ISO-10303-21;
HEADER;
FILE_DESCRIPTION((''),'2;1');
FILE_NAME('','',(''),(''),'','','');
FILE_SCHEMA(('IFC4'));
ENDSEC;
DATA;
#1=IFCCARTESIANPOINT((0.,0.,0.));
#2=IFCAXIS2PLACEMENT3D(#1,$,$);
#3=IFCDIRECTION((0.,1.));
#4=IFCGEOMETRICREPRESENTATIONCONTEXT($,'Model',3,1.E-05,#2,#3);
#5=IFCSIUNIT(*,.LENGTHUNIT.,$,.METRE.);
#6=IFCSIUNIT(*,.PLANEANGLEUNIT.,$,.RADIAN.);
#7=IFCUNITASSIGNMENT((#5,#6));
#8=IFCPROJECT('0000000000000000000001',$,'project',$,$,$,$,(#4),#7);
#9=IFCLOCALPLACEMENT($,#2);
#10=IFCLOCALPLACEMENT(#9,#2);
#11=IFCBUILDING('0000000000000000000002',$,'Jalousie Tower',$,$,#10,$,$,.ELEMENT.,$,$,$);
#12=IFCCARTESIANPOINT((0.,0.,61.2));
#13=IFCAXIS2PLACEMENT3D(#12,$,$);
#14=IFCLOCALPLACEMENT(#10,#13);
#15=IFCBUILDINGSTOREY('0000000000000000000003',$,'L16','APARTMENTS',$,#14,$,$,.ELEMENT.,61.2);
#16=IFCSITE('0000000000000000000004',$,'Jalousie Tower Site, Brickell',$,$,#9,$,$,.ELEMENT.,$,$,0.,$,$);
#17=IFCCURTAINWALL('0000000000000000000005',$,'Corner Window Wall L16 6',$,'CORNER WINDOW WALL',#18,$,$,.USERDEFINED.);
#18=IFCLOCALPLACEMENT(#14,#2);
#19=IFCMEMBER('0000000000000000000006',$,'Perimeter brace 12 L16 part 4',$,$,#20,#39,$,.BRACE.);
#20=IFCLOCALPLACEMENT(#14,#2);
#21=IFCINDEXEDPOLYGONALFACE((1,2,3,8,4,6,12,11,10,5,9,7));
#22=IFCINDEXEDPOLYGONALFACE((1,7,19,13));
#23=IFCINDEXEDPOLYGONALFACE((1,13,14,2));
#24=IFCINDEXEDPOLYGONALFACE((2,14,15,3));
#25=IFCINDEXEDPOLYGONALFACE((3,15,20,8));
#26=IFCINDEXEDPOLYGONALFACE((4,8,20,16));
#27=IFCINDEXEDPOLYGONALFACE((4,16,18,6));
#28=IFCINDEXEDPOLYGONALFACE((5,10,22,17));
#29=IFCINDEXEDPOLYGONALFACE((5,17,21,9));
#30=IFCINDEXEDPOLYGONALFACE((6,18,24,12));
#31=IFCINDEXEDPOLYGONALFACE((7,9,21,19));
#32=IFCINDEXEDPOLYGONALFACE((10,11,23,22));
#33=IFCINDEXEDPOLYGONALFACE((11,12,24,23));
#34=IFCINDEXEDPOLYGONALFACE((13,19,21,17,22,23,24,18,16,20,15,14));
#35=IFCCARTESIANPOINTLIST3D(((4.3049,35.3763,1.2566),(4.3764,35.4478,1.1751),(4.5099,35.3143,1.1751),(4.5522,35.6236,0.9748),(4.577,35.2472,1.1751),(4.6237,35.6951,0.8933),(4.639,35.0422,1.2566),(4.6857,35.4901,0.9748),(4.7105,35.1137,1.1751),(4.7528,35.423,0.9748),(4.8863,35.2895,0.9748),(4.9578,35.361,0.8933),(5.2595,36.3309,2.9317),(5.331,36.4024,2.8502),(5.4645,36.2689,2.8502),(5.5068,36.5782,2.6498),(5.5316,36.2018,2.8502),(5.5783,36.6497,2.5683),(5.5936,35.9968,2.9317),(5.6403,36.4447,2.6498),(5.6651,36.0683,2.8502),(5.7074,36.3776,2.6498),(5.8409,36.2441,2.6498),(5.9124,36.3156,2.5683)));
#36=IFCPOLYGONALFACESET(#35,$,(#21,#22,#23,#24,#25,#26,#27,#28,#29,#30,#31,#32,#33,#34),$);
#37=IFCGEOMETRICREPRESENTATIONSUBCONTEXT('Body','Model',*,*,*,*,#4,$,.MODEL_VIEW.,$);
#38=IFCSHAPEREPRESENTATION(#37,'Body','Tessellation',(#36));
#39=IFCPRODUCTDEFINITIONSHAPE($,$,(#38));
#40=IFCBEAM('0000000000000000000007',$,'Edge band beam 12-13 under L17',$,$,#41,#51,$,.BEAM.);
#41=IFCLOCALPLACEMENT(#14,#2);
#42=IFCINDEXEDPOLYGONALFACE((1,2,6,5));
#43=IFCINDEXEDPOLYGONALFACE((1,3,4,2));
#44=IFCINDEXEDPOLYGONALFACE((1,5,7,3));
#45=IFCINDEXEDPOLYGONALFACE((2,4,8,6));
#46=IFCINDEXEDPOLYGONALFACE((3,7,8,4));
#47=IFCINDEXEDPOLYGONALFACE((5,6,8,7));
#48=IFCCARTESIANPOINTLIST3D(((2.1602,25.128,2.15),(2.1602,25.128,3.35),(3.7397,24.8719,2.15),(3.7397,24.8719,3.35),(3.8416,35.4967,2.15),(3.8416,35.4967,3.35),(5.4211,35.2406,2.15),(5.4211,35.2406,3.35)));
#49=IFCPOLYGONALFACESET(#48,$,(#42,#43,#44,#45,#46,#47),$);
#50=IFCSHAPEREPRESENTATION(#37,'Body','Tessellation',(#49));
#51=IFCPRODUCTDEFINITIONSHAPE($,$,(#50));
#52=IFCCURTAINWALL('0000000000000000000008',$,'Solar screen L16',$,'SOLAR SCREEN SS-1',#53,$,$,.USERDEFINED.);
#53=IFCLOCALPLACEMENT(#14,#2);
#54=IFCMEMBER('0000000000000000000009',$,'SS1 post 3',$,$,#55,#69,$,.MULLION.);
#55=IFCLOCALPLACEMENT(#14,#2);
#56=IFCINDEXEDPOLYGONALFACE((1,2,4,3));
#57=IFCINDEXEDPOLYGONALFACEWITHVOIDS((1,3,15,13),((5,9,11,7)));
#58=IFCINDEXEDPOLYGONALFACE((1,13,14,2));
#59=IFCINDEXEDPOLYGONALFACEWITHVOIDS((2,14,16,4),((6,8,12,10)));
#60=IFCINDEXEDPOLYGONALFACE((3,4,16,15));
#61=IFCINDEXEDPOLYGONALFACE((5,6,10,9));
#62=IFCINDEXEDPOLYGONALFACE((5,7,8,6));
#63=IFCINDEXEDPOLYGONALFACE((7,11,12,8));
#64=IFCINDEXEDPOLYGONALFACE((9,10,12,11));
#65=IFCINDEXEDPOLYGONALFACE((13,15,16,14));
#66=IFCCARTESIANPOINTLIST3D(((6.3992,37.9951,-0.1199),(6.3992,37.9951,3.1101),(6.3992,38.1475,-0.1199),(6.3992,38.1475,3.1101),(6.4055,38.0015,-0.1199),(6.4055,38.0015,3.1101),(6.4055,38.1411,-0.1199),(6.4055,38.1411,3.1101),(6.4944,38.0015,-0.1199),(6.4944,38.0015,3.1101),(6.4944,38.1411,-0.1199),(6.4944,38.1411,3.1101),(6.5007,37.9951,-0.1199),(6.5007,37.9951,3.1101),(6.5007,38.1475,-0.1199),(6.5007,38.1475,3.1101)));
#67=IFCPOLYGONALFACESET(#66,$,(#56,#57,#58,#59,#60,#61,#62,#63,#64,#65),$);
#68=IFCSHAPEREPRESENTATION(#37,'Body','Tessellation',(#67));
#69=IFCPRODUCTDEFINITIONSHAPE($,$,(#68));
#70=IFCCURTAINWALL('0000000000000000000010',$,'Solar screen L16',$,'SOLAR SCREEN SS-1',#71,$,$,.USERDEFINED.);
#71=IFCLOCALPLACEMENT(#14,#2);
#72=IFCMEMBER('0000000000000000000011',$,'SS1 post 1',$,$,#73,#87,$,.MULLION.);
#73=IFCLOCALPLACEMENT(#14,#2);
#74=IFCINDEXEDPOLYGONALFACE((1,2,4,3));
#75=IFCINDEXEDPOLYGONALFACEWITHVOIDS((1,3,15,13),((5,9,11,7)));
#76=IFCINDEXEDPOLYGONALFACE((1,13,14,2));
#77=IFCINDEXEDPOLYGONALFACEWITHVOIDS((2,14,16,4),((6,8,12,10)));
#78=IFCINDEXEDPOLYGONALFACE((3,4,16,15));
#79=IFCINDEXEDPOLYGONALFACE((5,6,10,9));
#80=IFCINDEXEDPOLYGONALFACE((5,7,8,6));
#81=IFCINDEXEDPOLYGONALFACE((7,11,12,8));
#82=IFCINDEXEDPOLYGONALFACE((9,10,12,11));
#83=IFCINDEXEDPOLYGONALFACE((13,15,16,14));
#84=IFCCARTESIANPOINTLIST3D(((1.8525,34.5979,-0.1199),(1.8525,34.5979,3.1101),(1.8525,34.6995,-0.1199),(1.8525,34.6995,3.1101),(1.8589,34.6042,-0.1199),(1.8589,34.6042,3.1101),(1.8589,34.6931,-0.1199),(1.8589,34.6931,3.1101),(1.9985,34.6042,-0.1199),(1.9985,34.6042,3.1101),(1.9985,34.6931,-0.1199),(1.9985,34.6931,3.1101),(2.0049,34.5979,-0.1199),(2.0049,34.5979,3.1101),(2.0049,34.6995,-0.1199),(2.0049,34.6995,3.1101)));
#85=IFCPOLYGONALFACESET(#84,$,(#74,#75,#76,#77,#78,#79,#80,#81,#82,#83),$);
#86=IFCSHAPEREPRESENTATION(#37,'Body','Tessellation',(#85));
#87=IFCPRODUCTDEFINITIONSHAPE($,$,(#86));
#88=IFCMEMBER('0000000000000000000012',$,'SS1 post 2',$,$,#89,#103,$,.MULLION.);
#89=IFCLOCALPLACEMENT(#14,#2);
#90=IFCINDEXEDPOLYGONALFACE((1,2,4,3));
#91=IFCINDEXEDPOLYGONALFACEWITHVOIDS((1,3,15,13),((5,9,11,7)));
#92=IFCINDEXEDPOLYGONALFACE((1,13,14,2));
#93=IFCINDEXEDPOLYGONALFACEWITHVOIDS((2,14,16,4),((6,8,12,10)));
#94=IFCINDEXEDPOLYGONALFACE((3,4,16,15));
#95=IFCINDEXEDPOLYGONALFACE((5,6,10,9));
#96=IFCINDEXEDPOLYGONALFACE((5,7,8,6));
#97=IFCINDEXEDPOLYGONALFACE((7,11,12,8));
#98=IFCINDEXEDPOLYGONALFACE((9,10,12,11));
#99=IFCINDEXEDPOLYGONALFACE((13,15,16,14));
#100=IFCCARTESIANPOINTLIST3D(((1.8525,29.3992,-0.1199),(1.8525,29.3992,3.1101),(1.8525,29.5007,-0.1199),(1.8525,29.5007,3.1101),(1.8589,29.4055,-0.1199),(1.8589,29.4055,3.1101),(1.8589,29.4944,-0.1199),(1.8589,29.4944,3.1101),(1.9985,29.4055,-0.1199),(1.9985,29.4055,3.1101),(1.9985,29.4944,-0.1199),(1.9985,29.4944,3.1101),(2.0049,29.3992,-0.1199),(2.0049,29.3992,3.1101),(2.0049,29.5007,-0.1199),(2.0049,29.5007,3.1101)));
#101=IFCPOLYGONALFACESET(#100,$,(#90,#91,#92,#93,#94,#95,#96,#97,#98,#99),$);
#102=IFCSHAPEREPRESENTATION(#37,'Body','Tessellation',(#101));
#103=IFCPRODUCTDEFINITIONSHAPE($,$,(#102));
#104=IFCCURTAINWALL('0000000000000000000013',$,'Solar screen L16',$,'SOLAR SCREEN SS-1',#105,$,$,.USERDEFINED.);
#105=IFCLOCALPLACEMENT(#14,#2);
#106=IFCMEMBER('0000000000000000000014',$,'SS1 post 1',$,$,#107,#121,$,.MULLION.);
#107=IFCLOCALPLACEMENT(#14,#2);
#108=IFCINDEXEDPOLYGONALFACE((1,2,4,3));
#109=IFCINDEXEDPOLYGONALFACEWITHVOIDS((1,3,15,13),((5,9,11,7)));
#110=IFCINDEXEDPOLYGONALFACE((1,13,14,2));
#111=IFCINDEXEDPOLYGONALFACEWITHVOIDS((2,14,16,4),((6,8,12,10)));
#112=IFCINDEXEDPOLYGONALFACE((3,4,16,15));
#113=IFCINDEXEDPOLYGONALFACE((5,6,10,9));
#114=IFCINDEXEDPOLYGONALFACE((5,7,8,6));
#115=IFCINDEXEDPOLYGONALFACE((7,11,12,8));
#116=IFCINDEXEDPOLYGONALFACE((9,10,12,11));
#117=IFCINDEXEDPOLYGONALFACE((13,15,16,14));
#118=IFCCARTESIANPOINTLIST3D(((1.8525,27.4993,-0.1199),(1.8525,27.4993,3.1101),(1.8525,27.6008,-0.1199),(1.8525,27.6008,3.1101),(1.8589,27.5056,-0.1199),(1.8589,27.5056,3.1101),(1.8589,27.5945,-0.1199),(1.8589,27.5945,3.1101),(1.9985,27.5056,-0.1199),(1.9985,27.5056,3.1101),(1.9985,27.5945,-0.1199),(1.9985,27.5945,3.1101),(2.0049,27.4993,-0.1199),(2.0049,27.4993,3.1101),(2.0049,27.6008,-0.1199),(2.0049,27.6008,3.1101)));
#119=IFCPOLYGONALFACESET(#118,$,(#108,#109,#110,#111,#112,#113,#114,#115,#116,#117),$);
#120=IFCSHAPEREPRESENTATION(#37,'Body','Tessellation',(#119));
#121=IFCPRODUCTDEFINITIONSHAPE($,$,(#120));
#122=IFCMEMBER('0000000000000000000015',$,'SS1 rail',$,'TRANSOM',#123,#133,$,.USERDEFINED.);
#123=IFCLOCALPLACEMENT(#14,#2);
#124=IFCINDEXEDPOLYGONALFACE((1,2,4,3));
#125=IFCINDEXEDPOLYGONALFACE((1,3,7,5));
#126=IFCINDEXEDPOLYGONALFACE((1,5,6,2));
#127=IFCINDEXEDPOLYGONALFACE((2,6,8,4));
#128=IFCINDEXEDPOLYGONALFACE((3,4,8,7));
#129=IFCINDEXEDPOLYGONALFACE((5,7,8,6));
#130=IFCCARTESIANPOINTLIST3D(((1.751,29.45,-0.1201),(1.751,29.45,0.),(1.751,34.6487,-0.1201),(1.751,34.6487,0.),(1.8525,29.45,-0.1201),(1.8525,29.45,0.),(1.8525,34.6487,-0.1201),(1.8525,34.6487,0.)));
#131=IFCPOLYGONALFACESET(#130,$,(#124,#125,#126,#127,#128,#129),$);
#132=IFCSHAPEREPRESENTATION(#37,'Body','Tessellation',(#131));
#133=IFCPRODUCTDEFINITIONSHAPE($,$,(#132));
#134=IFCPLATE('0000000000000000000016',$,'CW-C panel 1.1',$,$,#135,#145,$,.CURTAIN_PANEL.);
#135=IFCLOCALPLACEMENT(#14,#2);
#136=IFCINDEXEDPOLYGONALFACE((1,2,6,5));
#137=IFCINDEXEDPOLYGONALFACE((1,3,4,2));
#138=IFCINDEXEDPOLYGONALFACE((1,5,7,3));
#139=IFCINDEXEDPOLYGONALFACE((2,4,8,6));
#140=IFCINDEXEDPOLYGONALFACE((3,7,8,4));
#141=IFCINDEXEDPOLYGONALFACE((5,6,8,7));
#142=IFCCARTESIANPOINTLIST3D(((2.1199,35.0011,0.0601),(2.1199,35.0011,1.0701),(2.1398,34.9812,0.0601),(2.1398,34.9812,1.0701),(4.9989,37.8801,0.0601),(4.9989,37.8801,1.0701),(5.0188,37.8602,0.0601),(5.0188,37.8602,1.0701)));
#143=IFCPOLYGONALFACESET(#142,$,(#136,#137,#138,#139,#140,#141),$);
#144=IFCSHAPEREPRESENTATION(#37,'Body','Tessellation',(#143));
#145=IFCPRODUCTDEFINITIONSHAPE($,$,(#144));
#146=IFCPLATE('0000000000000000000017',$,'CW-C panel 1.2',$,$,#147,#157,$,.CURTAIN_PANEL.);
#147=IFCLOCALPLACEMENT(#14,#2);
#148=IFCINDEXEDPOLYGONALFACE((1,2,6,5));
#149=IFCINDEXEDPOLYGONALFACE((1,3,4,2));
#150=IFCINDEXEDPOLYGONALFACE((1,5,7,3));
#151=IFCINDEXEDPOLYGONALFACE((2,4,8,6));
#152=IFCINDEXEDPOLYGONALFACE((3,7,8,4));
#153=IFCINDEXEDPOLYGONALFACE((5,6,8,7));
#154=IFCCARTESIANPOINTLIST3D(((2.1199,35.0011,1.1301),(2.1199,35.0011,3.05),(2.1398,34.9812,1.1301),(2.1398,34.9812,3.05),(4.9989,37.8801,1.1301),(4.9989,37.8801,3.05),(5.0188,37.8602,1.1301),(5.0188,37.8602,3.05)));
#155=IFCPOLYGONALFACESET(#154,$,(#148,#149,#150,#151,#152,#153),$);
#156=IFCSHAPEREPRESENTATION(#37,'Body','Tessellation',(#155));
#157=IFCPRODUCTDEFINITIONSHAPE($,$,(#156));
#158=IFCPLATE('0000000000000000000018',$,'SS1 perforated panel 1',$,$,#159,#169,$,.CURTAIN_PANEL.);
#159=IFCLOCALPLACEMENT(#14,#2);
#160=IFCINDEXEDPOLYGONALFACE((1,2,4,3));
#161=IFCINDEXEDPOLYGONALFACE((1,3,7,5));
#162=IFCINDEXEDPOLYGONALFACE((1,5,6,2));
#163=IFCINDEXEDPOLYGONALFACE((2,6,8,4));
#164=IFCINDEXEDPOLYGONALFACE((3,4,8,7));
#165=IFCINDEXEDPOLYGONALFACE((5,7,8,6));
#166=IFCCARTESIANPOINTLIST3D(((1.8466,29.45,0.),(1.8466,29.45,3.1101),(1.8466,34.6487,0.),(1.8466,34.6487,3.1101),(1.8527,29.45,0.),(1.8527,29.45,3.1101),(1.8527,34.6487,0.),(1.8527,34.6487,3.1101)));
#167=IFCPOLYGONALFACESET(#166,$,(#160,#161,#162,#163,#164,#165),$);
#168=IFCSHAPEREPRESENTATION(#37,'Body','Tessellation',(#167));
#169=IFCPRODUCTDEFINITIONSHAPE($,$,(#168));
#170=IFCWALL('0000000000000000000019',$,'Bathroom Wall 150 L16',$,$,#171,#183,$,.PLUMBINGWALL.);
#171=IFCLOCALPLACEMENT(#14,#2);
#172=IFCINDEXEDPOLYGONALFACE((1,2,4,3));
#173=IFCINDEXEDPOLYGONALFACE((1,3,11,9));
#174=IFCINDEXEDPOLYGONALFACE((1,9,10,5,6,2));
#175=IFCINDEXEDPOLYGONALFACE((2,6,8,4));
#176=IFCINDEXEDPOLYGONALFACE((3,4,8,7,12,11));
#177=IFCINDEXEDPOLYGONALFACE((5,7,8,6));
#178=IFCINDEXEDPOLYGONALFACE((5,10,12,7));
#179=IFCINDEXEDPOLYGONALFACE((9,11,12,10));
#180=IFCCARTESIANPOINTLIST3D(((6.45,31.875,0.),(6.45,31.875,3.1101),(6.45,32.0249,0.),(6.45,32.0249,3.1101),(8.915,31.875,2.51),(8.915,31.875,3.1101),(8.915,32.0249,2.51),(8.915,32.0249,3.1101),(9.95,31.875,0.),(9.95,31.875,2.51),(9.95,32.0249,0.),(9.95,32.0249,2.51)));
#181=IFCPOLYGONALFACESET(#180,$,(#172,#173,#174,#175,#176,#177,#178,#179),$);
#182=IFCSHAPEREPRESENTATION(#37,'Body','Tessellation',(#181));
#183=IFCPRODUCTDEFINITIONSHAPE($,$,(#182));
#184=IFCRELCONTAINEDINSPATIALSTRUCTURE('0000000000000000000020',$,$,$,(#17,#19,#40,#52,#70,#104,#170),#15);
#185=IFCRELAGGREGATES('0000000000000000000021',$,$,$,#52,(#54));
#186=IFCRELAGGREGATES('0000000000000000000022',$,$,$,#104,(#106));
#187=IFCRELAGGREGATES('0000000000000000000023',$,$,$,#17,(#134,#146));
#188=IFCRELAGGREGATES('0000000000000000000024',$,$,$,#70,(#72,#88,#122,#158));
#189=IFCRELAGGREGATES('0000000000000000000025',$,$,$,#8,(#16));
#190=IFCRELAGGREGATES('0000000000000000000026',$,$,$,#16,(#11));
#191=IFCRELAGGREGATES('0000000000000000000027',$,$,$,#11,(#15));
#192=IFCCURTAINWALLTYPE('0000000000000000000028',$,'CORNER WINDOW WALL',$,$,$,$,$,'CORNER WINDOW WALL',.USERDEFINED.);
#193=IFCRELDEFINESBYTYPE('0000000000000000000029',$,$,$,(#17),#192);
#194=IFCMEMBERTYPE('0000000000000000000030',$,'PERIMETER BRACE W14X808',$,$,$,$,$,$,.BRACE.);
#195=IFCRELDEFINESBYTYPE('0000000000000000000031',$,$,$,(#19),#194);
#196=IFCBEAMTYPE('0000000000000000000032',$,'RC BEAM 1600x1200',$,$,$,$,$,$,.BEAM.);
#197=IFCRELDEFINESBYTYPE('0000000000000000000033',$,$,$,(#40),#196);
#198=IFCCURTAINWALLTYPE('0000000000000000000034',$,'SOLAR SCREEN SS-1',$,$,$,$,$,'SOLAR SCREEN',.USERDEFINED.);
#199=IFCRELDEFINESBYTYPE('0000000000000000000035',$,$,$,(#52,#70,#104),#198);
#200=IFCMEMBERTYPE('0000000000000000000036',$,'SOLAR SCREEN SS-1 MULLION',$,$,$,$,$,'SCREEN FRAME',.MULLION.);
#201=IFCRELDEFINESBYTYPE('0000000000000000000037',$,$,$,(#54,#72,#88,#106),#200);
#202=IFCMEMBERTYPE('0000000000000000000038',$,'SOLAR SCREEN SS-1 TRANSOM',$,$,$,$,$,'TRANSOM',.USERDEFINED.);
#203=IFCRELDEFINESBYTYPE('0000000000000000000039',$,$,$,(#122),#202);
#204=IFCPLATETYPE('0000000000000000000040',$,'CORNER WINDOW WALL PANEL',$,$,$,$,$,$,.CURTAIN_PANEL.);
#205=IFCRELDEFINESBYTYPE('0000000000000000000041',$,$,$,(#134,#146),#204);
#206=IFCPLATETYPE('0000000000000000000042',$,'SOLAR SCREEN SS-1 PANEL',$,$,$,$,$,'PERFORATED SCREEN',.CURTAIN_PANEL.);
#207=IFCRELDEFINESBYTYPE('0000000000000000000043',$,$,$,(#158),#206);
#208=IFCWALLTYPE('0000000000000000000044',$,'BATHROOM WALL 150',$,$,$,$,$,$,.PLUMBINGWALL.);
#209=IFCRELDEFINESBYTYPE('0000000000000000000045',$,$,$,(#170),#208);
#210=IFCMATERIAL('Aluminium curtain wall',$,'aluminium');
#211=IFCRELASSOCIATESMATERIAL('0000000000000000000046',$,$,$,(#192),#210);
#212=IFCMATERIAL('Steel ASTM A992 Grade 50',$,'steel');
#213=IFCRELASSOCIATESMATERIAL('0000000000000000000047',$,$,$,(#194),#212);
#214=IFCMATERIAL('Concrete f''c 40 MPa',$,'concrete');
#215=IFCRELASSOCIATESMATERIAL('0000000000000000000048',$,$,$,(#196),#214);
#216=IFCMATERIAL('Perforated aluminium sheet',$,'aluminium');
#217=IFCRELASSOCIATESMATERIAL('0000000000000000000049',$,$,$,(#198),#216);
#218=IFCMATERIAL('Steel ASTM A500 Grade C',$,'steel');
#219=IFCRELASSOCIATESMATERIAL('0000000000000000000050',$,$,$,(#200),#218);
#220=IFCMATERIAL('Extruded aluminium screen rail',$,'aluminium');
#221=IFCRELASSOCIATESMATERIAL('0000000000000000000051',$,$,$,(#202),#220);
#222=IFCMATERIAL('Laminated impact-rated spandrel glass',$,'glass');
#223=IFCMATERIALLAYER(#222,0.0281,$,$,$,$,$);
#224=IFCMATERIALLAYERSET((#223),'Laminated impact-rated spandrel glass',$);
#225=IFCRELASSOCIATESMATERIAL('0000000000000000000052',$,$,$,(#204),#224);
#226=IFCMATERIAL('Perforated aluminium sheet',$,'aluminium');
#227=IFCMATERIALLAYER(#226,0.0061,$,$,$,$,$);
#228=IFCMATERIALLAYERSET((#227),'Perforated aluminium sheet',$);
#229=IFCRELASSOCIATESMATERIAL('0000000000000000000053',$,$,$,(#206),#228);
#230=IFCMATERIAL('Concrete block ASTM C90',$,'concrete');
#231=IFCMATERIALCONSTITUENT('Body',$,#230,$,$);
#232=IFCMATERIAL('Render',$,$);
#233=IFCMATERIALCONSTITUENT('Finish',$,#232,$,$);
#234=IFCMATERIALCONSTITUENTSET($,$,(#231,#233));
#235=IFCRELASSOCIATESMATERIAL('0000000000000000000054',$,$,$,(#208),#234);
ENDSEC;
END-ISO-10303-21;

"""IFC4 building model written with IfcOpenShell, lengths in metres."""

from ifc_helpers import new_model, si_unit, direction, frame, origin, origin_2d, place, context, subcontext, project, spatial, polyline, rectangle, hollow_rectangle, i_section, outline, extrude, material, layer, layer_set, constituent, constituent_set, material_profile, profile_set, type_object, element, aggregate, save


model = new_model("IFC4")

# Units and contexts
model_context = context("Model", 3, precision=1e-05, world=origin(), true_north=direction((0.0, 1.0)))
body_context = subcontext(model_context, "Body", "Model", "MODEL_VIEW")
ifc_project = project(units=[si_unit("LENGTHUNIT", "METRE"), si_unit("PLANEANGLEUNIT", "RADIAN")], contexts=[model_context])

# Site, building, storey
site_placement = place(None, origin())
site = spatial("IfcSite", under=ifc_project, at=site_placement, Name="Jalousie Tower Site, Brickell", CompositionType="ELEMENT", RefElevation=0.0)
building_placement = place(site_placement, origin())
building = spatial("IfcBuilding", under=site, at=building_placement, Name="Jalousie Tower", CompositionType="ELEMENT")
storey_placement = place(building_placement, frame((0.0, 0.0, 61.2)))
storey = spatial("IfcBuildingStorey", under=building, at=storey_placement, Name="L16", Description="APARTMENTS", CompositionType="ELEMENT", Elevation=61.2)

# Curtain wall
ifc_material_1 = material(Name="Aluminium curtain wall", Category="aluminium")
curtain_wall_type_1 = type_object("IfcCurtainWallType", Name="CORNER WINDOW WALL", ElementType="CORNER WINDOW WALL", PredefinedType="USERDEFINED", material=ifc_material_1)
curtain_wall_1_placement = place(storey_placement, origin())
curtain_wall_1 = element("IfcCurtainWall", 1, at=curtain_wall_1_placement, inside=storey, type_object=curtain_wall_type_1, Name="Corner Window Wall L16 6", ObjectType="CORNER WINDOW WALL", PredefinedType="USERDEFINED")

# Member
ifc_material_2 = material(Name="Steel ASTM A992 Grade 50", Category="steel")
ifc_material_profile_1 = material_profile(ifc_material_2, i_section(OverallWidth=0.4724, OverallDepth=0.5791, WebThickness=0.095, FlangeThickness=0.1299, at=origin_2d()), Name="W14X808")
ifc_profile_set_1 = profile_set([ifc_material_profile_1], Name="Steel ASTM A992 Grade 50")
member_type_1 = type_object("IfcMemberType", Name="PERIMETER BRACE W14X808", PredefinedType="BRACE", material=ifc_profile_set_1)
member_1_placement = place(storey_placement, frame((4.6313, 35.3687, 1.075), z_axis=(0.443718, 0.443718, 0.778607), x_axis=(-0.707107, 0.707107, 0.0)))
element("IfcMember", 2, at=member_1_placement, inside=storey, type_object=member_type_1, Name="Perimeter brace 12 L16 part 4", PredefinedType="BRACE", context=body_context, shape_type="SweptSolid", body=[
    extrude(i_section(OverallWidth=0.4724, OverallDepth=0.5791, WebThickness=0.095, FlangeThickness=0.1299, at=origin_2d()), origin(), (0.0, 0.0, 1.0), 2.1514),
])

# Beam
ifc_material_3 = material(Name="Concrete f'c 40 MPa", Category="concrete")
ifc_material_profile_2 = material_profile(ifc_material_3, rectangle(XDim=1.6001, YDim=1.2, at=origin_2d()), Name="RC 1600x1200")
ifc_profile_set_2 = profile_set([ifc_material_profile_2], Name="Concrete f'c 40 MPa")
beam_type_1 = type_object("IfcBeamType", Name="RC BEAM 1600x1200", PredefinedType="BEAM", material=ifc_profile_set_2)
beam_1_placement = place(storey_placement, frame((4.6313, 35.3687, 2.75), z_axis=(-0.160071, -0.987106, 0.0), x_axis=(0.987106, -0.160071, 0.0)))
element("IfcBeam", 3, at=beam_1_placement, inside=storey, type_object=beam_type_1, Name="Edge band beam 12-13 under L17", PredefinedType="BEAM", context=body_context, shape_type="SweptSolid", body=[
    extrude(rectangle(XDim=1.6001, YDim=1.2, at=origin_2d()), origin(), (0.0, 0.0, 1.0), 10.5042),
])

# Curtain wall, member
ifc_material_4 = material(Name="Perforated aluminium sheet", Category="aluminium")
curtain_wall_type_2 = type_object("IfcCurtainWallType", Name="SOLAR SCREEN SS-1", ElementType="SOLAR SCREEN", PredefinedType="USERDEFINED", material=ifc_material_4)
curtain_wall_2_placement = place(storey_placement, origin())
curtain_wall_2 = element("IfcCurtainWall", 4, at=curtain_wall_2_placement, inside=storey, type_object=curtain_wall_type_2, Name="Solar screen L16", ObjectType="SOLAR SCREEN SS-1", PredefinedType="USERDEFINED")
ifc_material_5 = material(Name="Steel ASTM A500 Grade C", Category="steel")
ifc_material_profile_3 = material_profile(ifc_material_5, hollow_rectangle(XDim=0.1016, YDim=0.1523, WallThickness=0.0063, at=origin_2d()), Name="HSS6X4X1/4")
ifc_profile_set_3 = profile_set([ifc_material_profile_3], Name="Steel ASTM A500 Grade C")
member_type_2 = type_object("IfcMemberType", Name="SOLAR SCREEN SS-1 MULLION", ElementType="SCREEN FRAME", PredefinedType="MULLION", material=ifc_profile_set_3)
member_2_placement = place(storey_placement, frame((6.45, 38.0713, -0.1199), z_axis=(0.0, 0.0, 1.0), x_axis=(-1.0, 0.0, 0.0)))
member_2 = element("IfcMember", 5, at=member_2_placement, type_object=member_type_2, Name="SS1 post 3", PredefinedType="MULLION", context=body_context, shape_type="SweptSolid", body=[
    extrude(hollow_rectangle(XDim=0.1016, YDim=0.1523, WallThickness=0.0063, at=origin_2d()), origin(), (0.0, 0.0, 1.0), 3.23),
])
aggregate(curtain_wall_2, [member_2])

# Curtain wall, members
curtain_wall_3_placement = place(storey_placement, origin())
curtain_wall_3 = element("IfcCurtainWall", 6, at=curtain_wall_3_placement, inside=storey, type_object=curtain_wall_type_2, Name="Solar screen L16", ObjectType="SOLAR SCREEN SS-1", PredefinedType="USERDEFINED")
member_3_placement = place(storey_placement, frame((1.9287, 34.6487, -0.1199), z_axis=(0.0, 0.0, 1.0), x_axis=(0.0, -1.0, 0.0)))
member_3 = element("IfcMember", 7, at=member_3_placement, type_object=member_type_2, Name="SS1 post 1", PredefinedType="MULLION", context=body_context, shape_type="SweptSolid", body=[
    extrude(hollow_rectangle(XDim=0.1016, YDim=0.1523, WallThickness=0.0063, at=origin_2d()), origin(), (0.0, 0.0, 1.0), 3.23),
])
member_4_placement = place(storey_placement, frame((1.9287, 29.45, -0.1199), z_axis=(0.0, 0.0, 1.0), x_axis=(0.0, -1.0, 0.0)))
member_4 = element("IfcMember", 8, at=member_4_placement, type_object=member_type_2, Name="SS1 post 2", PredefinedType="MULLION", context=body_context, shape_type="SweptSolid", body=[
    extrude(hollow_rectangle(XDim=0.1016, YDim=0.1523, WallThickness=0.0063, at=origin_2d()), origin(), (0.0, 0.0, 1.0), 3.23),
])

# Curtain wall, member
curtain_wall_4_placement = place(storey_placement, origin())
curtain_wall_4 = element("IfcCurtainWall", 9, at=curtain_wall_4_placement, inside=storey, type_object=curtain_wall_type_2, Name="Solar screen L16", ObjectType="SOLAR SCREEN SS-1", PredefinedType="USERDEFINED")
member_5_placement = place(storey_placement, frame((1.9287, 27.55, -0.1199), z_axis=(0.0, 0.0, 1.0), x_axis=(0.0, -1.0, 0.0)))
member_5 = element("IfcMember", 10, at=member_5_placement, type_object=member_type_2, Name="SS1 post 1", PredefinedType="MULLION", context=body_context, shape_type="SweptSolid", body=[
    extrude(hollow_rectangle(XDim=0.1016, YDim=0.1523, WallThickness=0.0063, at=origin_2d()), origin(), (0.0, 0.0, 1.0), 3.23),
])
aggregate(curtain_wall_4, [member_5])

# Member
ifc_material_6 = material(Name="Extruded aluminium screen rail", Category="aluminium")
ifc_material_profile_4 = material_profile(ifc_material_6, rectangle(XDim=0.1016, YDim=0.1201, at=origin_2d()), Name="RAIL 102x120")
ifc_profile_set_4 = profile_set([ifc_material_profile_4], Name="Extruded aluminium screen rail")
member_type_3 = type_object("IfcMemberType", Name="SOLAR SCREEN SS-1 TRANSOM", ElementType="TRANSOM", PredefinedType="USERDEFINED", material=ifc_profile_set_4)
member_6_placement = place(storey_placement, frame((1.8018, 34.6487, -0.0601), z_axis=(0.0, -1.0, 0.0), x_axis=(1.0, 0.0, 0.0)))
member_6 = element("IfcMember", 11, at=member_6_placement, type_object=member_type_3, Name="SS1 rail", ObjectType="TRANSOM", PredefinedType="USERDEFINED", context=body_context, shape_type="SweptSolid", body=[
    extrude(rectangle(XDim=0.1016, YDim=0.1201, at=origin_2d()), origin(), (0.0, 0.0, 1.0), 5.1987),
])

# Plates
ifc_material_7 = material(Name="Laminated impact-rated spandrel glass", Category="glass")
ifc_layer_1 = layer(ifc_material_7, 0.0281)
ifc_layer_set_1 = layer_set([ifc_layer_1], Name="Laminated impact-rated spandrel glass")
plate_type_1 = type_object("IfcPlateType", Name="CORNER WINDOW WALL PANEL", PredefinedType="CURTAIN_PANEL", material=ifc_layer_set_1)
plate_1_placement = place(storey_placement, frame((3.5693, 36.4307, 0.0601), z_axis=(0.0, 0.0, 1.0), x_axis=(-0.707107, -0.707107, 0.0)))
plate_1 = element("IfcPlate", 12, at=plate_1_placement, type_object=plate_type_1, Name="CW-C panel 1.1", PredefinedType="CURTAIN_PANEL", context=body_context, shape_type="SweptSolid", body=[
    extrude(rectangle(XDim=4.0715, YDim=0.0281, at=origin_2d()), origin(), (0.0, 0.0, 1.0), 1.01),
])
plate_2_placement = place(storey_placement, frame((3.5693, 36.4307, 1.1301), z_axis=(0.0, 0.0, 1.0), x_axis=(-0.707107, -0.707107, 0.0)))
plate_2 = element("IfcPlate", 13, at=plate_2_placement, type_object=plate_type_1, Name="CW-C panel 1.2", PredefinedType="CURTAIN_PANEL", context=body_context, shape_type="SweptSolid", body=[
    extrude(rectangle(XDim=4.0715, YDim=0.0281, at=origin_2d()), origin(), (0.0, 0.0, 1.0), 1.9199),
])
aggregate(curtain_wall_1, [plate_1, plate_2])
ifc_material_8 = material(Name="Perforated aluminium sheet", Category="aluminium")
ifc_layer_2 = layer(ifc_material_8, 0.0061)
ifc_layer_set_2 = layer_set([ifc_layer_2], Name="Perforated aluminium sheet")
plate_type_2 = type_object("IfcPlateType", Name="SOLAR SCREEN SS-1 PANEL", ElementType="PERFORATED SCREEN", PredefinedType="CURTAIN_PANEL", material=ifc_layer_set_2)
plate_3_placement = place(storey_placement, frame((1.8496, 32.0493, 0.0), z_axis=(0.0, 0.0, 1.0), x_axis=(0.0, -1.0, 0.0)))
plate_3 = element("IfcPlate", 14, at=plate_3_placement, type_object=plate_type_2, Name="SS1 perforated panel 1", PredefinedType="CURTAIN_PANEL", context=body_context, shape_type="SweptSolid", body=[
    extrude(rectangle(XDim=5.1987, YDim=0.0061, at=origin_2d()), origin(), (0.0, 0.0, 1.0), 3.1101),
])
aggregate(curtain_wall_3, [member_3, member_4, member_6, plate_3])

# Wall
ifc_material_9 = material(Name="Concrete block ASTM C90", Category="concrete")
ifc_constituent_1 = constituent(ifc_material_9, Name="Body")
ifc_material_10 = material(Name="Render")
ifc_constituent_2 = constituent(ifc_material_10, Name="Finish")
ifc_constituent_set_1 = constituent_set(constituents=[ifc_constituent_1, ifc_constituent_2])
wall_type_1 = type_object("IfcWallType", Name="BATHROOM WALL 150", PredefinedType="PLUMBINGWALL", material=ifc_constituent_set_1)
wall_1_placement = place(storey_placement, frame((6.45, 31.95, 0.0), z_axis=(0.0, 0.0, 1.0), x_axis=(1.0, 0.0, 0.0)))
element("IfcWall", 15, at=wall_1_placement, inside=storey, type_object=wall_type_1, Name="Bathroom Wall 150 L16", PredefinedType="PLUMBINGWALL", context=body_context, shape_type="SweptSolid", body=[
    extrude(outline(polyline([(0.0, 0.0), (3.5, 0.0), (3.5, 3.1101), (3.5, 2.51), (2.4651, 2.51), (2.4651, 3.1101), (0.0, 3.1101), (0.0, 0.0)])), frame((0.0, 0.075, 0.0), z_axis=(0.0, -1.0, 0.0), x_axis=(1.0, 0.0, 0.0)), (0.0, 0.0, 1.0), 0.1499),
])

save(model, "model.ifc")
